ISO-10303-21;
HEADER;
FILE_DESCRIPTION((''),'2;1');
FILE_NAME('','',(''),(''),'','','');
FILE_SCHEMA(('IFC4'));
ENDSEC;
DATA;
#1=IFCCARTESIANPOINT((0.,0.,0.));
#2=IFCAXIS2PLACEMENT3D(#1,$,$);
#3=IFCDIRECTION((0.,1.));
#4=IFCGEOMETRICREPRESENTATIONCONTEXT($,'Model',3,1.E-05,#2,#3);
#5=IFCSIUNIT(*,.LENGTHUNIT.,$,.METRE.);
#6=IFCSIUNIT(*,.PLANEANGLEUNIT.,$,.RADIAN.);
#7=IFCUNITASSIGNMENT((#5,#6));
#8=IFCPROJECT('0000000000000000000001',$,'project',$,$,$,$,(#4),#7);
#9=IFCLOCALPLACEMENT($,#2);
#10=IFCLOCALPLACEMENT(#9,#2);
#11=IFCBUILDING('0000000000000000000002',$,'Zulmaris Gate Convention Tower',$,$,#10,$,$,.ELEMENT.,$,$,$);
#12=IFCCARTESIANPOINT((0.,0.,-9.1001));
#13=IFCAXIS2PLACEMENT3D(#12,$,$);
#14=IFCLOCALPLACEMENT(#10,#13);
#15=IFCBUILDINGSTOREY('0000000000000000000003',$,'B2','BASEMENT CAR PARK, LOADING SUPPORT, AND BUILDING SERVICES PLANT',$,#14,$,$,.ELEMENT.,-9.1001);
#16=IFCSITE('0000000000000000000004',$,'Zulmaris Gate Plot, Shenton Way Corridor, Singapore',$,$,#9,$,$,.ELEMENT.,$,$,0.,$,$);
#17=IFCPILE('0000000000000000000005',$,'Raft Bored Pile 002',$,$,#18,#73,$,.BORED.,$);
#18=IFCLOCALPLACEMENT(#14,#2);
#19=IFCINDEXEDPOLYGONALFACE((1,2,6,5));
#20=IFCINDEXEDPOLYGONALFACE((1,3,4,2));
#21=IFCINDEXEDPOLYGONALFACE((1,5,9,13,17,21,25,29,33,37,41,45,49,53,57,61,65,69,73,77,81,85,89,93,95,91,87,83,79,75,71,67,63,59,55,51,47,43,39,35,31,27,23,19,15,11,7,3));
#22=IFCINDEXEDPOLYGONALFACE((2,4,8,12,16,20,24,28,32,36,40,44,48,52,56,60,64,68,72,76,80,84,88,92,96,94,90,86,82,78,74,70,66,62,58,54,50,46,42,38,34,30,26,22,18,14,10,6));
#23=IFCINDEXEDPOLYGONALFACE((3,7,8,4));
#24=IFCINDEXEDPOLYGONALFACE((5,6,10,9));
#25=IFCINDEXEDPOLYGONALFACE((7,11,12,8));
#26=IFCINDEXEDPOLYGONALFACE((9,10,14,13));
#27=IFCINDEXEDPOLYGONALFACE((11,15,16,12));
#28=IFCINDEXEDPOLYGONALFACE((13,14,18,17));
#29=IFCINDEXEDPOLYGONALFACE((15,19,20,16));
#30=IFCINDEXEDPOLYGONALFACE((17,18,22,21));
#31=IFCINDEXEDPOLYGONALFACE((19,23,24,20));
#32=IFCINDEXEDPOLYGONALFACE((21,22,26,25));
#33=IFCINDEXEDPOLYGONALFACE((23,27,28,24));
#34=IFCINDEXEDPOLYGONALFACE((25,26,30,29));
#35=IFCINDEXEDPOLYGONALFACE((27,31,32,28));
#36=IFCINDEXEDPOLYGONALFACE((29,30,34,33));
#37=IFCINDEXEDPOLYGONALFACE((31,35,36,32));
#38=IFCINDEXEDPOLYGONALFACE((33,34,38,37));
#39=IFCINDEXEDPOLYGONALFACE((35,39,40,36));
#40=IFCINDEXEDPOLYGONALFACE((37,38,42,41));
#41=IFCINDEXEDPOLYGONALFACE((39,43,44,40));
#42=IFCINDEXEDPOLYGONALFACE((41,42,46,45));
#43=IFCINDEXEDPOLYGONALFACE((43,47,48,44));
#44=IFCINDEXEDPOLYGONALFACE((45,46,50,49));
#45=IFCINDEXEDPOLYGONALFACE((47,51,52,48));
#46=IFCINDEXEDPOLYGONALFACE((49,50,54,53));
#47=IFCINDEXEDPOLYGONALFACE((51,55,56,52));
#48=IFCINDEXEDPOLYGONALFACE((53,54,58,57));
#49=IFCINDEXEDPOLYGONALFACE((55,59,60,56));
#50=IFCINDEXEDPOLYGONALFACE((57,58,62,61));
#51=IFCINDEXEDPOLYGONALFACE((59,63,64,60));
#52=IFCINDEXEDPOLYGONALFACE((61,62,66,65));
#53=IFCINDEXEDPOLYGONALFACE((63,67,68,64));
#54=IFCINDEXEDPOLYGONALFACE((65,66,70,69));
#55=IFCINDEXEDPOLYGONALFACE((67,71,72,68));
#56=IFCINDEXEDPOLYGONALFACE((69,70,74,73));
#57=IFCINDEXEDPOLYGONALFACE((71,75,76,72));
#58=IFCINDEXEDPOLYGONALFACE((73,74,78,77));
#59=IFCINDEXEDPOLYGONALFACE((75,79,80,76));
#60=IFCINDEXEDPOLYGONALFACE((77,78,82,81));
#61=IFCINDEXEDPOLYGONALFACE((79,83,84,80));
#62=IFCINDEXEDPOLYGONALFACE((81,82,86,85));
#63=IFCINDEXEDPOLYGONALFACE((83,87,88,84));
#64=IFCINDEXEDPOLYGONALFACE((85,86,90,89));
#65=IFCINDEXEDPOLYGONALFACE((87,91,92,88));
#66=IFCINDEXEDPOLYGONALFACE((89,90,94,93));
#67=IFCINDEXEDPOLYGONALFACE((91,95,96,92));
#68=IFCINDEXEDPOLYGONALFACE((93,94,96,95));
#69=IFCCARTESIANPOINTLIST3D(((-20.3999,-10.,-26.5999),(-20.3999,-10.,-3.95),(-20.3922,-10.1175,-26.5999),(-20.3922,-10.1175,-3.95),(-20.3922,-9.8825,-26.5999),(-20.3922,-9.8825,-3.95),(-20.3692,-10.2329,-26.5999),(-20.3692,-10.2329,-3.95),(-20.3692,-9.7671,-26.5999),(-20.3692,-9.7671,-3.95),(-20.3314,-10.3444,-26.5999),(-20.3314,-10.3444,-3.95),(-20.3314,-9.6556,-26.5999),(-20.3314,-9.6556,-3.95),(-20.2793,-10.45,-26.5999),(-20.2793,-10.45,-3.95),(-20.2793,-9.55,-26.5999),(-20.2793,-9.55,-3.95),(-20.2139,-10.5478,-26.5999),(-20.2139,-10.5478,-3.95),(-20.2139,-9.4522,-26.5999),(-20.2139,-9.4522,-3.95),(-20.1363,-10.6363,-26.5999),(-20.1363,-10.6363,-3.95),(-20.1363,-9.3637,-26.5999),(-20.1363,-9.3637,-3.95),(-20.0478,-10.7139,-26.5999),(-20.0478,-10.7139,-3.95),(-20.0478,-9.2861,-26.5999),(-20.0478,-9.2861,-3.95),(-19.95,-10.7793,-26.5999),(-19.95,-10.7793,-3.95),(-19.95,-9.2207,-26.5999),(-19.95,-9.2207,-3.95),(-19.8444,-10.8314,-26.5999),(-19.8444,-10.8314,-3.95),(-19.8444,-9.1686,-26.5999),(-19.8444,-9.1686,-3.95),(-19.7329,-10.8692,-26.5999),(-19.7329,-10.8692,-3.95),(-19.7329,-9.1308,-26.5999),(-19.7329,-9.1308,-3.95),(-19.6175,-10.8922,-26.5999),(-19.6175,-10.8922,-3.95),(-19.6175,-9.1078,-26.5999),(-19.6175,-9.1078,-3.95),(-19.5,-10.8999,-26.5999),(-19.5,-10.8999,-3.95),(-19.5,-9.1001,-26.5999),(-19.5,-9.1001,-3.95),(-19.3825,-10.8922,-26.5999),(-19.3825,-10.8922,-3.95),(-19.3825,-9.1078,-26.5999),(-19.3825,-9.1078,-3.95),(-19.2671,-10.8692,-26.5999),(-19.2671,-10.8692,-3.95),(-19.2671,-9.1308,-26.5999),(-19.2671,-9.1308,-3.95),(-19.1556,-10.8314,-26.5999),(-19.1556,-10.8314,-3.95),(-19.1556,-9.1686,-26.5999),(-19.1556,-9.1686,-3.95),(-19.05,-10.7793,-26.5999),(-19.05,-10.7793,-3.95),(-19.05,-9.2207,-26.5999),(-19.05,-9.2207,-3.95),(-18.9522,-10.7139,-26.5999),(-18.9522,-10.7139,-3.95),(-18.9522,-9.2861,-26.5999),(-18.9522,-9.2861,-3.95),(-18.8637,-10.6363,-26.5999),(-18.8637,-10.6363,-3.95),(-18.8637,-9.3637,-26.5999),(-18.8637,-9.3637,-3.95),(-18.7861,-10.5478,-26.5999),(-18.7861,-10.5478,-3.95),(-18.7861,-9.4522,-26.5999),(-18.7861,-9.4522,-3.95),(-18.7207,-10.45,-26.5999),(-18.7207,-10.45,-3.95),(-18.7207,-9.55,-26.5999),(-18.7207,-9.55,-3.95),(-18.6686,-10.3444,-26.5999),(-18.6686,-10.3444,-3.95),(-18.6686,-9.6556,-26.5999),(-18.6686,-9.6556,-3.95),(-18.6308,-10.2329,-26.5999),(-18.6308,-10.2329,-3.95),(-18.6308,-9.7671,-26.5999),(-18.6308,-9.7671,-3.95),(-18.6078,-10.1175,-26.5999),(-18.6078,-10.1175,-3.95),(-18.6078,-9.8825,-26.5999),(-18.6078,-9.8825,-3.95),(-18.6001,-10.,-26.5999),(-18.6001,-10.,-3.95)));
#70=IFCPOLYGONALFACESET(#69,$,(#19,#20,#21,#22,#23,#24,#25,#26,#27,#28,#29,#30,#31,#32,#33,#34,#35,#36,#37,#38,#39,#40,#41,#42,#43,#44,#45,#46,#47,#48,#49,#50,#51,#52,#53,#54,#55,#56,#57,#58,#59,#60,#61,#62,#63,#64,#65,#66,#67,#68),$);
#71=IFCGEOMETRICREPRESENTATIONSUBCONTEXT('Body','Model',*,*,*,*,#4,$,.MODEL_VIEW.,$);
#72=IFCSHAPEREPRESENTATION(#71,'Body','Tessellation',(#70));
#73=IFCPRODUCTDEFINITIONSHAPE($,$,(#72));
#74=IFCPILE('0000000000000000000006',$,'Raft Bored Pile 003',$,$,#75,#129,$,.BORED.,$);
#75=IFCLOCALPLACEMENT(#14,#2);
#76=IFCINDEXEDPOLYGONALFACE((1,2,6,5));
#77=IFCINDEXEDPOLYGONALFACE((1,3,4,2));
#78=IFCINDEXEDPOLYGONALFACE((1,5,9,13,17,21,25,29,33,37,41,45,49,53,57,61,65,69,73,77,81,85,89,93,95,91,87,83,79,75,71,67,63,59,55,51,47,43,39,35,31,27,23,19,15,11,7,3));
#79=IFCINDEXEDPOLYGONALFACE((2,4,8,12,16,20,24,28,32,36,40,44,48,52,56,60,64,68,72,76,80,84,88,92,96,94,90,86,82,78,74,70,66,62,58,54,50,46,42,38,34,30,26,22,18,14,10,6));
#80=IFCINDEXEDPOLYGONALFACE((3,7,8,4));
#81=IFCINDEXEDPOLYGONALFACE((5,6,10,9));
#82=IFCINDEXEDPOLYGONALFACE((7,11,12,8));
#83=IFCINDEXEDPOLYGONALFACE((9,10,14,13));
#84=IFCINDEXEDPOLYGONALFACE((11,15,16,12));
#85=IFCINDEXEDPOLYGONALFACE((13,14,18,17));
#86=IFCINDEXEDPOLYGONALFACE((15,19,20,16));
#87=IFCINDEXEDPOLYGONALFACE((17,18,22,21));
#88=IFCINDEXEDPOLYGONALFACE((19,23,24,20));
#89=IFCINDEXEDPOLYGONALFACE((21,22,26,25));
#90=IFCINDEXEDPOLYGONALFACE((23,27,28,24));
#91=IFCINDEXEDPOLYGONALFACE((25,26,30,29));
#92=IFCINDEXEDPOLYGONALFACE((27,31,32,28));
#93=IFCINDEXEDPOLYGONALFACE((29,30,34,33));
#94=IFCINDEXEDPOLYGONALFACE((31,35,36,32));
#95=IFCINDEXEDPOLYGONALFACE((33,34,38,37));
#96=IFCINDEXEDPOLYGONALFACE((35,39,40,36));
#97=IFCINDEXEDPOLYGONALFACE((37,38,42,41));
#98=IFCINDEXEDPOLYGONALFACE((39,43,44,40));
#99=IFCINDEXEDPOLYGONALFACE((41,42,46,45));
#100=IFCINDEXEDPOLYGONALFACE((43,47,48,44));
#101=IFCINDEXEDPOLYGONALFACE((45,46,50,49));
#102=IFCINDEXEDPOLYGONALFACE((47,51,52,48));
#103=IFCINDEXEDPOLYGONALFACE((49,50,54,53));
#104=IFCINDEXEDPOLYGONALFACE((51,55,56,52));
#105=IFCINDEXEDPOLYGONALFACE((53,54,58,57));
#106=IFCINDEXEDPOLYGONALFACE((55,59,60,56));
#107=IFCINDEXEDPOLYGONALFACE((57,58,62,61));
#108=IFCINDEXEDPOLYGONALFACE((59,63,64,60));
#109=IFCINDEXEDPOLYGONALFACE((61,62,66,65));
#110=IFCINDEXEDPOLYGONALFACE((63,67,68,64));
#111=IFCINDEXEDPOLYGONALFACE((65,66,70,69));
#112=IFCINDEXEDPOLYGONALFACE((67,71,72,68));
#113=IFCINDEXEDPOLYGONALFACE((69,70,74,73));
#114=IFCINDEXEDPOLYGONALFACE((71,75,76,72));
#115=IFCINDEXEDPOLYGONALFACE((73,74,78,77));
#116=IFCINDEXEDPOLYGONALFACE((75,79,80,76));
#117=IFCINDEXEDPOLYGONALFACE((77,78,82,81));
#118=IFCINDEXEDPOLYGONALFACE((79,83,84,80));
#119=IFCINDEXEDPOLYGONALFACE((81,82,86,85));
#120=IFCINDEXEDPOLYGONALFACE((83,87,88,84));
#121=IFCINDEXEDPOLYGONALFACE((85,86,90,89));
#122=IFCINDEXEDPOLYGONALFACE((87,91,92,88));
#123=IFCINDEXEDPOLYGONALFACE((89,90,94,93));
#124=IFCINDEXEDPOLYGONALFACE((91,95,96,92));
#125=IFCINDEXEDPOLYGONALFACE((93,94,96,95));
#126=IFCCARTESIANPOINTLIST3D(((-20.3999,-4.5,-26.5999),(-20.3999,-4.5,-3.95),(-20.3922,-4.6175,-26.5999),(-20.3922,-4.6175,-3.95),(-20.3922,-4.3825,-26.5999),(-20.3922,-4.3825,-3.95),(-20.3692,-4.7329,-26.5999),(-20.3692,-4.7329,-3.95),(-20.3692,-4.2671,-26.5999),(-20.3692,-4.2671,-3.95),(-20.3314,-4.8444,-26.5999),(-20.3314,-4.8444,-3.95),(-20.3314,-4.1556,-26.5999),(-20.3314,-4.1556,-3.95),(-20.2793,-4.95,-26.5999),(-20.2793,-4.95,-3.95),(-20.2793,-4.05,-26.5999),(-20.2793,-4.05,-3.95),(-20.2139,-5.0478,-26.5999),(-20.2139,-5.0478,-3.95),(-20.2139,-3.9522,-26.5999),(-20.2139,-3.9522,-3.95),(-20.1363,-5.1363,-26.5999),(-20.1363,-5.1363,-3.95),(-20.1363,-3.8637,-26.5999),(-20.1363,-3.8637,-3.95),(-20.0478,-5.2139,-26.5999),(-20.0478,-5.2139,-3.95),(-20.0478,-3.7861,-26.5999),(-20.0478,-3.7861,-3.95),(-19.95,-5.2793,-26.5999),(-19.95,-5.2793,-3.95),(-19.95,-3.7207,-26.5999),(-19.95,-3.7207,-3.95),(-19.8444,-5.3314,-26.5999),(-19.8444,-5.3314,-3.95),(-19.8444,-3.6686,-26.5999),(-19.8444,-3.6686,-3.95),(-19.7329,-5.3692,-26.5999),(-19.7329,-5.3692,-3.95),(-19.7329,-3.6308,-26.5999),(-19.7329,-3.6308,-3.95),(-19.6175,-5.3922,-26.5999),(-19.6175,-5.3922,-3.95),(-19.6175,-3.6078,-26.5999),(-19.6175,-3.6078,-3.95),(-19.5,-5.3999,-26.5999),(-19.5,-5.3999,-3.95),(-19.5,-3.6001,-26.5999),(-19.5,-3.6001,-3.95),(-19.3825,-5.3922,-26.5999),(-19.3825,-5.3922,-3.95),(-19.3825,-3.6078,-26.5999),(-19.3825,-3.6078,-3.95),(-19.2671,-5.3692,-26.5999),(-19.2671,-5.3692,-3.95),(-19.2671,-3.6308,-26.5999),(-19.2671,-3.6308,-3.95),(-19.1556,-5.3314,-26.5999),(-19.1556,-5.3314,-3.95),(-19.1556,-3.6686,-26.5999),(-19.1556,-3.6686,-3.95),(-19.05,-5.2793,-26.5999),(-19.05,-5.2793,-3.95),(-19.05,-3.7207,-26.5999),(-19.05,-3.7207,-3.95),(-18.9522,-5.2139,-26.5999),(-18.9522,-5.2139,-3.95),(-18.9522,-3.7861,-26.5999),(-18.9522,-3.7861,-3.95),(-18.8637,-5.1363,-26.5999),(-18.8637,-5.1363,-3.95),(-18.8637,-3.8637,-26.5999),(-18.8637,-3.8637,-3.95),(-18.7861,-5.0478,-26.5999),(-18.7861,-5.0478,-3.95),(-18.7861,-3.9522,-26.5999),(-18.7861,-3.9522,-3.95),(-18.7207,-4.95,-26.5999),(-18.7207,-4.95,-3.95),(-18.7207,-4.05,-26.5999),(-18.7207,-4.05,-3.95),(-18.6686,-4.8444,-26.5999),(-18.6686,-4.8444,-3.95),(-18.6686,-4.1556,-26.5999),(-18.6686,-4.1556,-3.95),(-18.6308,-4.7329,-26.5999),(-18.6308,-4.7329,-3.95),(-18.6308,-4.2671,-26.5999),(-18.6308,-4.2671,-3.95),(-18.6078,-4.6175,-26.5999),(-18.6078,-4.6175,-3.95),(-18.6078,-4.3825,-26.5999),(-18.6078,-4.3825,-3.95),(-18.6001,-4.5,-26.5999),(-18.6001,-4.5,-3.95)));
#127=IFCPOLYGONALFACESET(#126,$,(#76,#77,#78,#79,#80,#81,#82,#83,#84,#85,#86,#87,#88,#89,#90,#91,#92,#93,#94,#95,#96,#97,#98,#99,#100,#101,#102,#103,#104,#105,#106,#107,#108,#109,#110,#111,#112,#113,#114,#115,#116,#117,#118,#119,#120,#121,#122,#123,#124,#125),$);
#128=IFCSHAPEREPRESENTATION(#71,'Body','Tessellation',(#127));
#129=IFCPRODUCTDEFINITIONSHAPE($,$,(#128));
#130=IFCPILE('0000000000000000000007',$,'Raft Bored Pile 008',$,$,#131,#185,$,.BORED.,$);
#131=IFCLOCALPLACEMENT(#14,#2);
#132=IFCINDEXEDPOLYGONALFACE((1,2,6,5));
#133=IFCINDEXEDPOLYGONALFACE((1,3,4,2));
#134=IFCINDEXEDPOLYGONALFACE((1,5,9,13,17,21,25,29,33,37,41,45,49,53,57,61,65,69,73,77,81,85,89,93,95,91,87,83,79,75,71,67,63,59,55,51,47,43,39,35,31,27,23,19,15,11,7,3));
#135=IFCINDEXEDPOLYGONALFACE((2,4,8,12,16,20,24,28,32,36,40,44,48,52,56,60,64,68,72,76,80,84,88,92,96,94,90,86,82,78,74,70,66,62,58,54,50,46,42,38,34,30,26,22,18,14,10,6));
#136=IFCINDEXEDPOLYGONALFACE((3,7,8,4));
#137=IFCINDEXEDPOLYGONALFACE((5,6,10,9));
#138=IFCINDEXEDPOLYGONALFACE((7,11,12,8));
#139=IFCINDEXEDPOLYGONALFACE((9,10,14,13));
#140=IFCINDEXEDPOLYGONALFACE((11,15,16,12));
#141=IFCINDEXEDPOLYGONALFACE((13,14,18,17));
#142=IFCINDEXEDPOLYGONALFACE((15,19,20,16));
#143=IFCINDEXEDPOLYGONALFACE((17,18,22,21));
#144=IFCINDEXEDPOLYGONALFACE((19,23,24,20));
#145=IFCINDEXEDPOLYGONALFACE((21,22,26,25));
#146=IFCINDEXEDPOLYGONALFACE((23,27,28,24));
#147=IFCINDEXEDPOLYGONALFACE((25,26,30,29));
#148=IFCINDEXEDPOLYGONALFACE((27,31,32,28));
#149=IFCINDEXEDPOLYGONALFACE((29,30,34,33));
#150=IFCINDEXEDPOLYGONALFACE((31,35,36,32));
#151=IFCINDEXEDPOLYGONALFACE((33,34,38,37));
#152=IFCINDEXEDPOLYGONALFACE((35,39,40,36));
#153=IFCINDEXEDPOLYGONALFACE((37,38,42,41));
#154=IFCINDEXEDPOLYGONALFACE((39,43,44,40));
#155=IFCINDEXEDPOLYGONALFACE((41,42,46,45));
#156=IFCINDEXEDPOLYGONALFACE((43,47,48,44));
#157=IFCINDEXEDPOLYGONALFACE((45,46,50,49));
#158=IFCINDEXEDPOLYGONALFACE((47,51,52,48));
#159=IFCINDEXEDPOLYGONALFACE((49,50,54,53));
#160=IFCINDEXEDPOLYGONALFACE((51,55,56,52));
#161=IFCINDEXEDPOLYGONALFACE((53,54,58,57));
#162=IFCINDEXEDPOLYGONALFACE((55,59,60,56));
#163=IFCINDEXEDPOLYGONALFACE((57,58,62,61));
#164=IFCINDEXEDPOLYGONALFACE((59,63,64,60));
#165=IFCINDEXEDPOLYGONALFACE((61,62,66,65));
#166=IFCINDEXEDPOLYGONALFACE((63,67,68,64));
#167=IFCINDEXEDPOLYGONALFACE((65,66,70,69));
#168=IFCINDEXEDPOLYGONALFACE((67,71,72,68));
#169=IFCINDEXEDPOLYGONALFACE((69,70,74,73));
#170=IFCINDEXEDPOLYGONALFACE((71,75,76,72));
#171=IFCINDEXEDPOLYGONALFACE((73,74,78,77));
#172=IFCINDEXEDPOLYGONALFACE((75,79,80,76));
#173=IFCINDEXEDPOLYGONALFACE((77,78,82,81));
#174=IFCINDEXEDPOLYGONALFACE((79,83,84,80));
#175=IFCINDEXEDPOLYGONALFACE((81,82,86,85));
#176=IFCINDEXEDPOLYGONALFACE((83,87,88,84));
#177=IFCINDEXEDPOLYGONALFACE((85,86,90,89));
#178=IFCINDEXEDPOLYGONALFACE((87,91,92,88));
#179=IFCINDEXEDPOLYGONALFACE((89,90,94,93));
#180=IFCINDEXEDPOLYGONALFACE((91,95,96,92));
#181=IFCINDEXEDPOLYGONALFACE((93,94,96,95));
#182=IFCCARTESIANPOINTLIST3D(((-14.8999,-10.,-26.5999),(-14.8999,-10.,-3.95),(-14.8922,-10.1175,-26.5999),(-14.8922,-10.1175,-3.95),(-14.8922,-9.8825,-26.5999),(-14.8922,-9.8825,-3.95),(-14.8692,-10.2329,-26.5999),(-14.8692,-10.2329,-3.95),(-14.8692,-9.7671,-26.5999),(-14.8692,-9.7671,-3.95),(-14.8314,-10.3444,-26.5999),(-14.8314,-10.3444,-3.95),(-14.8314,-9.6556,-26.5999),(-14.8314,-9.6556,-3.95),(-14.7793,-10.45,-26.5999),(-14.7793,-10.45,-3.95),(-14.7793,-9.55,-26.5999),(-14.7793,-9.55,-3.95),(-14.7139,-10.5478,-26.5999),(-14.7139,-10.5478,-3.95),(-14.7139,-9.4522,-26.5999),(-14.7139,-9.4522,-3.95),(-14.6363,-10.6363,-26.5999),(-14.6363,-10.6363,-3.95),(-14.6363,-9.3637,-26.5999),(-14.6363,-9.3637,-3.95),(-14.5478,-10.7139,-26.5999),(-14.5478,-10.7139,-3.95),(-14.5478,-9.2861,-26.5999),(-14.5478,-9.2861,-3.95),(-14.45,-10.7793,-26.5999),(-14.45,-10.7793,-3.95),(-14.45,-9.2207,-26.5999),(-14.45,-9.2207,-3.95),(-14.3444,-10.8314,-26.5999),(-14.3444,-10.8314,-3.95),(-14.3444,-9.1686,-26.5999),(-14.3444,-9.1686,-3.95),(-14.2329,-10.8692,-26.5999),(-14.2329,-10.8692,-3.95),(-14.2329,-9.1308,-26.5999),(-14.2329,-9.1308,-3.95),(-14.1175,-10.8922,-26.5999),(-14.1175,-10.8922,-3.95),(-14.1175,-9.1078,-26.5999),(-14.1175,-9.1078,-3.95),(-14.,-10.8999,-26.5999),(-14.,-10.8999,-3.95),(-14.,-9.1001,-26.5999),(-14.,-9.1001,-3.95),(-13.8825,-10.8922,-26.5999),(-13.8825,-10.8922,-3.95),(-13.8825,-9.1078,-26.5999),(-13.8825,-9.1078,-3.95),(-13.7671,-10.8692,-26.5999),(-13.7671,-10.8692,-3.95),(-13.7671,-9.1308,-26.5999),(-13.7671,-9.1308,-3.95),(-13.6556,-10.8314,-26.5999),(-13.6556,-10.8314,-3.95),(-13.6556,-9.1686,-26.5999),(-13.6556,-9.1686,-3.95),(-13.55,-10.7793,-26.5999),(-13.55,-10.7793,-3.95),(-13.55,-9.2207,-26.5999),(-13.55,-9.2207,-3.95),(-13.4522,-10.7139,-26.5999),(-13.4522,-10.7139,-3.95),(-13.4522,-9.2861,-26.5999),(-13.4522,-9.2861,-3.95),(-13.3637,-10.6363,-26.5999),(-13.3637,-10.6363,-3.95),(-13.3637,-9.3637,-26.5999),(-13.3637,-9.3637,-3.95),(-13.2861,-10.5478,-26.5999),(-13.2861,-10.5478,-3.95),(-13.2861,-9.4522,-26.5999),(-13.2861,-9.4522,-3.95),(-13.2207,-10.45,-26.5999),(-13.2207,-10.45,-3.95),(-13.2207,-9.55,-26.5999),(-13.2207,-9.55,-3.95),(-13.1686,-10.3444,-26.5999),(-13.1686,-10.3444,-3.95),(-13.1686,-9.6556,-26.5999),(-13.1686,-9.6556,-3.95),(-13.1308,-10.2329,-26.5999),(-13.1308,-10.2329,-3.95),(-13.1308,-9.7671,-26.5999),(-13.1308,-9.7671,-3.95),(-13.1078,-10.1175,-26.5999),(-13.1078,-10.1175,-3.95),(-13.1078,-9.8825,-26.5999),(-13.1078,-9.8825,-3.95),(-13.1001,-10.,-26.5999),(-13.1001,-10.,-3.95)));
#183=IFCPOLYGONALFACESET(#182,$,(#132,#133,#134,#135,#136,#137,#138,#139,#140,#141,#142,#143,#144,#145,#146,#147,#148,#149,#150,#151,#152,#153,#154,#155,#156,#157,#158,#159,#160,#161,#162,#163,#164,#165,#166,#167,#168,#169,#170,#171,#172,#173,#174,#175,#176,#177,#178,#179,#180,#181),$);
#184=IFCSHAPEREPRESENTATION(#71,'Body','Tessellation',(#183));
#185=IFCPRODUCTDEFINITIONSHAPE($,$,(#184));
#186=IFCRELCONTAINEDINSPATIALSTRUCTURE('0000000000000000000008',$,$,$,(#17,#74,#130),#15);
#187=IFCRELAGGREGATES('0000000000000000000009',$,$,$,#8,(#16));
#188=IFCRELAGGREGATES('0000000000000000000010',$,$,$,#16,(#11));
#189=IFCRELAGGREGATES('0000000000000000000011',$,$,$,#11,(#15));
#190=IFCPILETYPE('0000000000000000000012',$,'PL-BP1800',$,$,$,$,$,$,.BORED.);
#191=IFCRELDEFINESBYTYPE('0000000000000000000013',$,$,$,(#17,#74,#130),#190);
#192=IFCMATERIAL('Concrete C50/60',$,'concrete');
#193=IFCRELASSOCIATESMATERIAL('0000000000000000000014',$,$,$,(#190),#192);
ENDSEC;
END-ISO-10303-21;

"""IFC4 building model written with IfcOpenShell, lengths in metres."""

from ifc_helpers import new_model, si_unit, direction, frame, origin, origin_2d, place, context, subcontext, project, spatial, circle, extrude, material, material_profile, profile_set, type_object, element, save


model = new_model("IFC4")

# Units and contexts
model_context = context("Model", 3, precision=1e-05, world=origin(), true_north=direction((0.0, 1.0)))
body_context = subcontext(model_context, "Body", "Model", "MODEL_VIEW")
ifc_project = project(units=[si_unit("LENGTHUNIT", "METRE"), si_unit("PLANEANGLEUNIT", "RADIAN")], contexts=[model_context])

# Site, building, storey
site_placement = place(None, origin())
site = spatial("IfcSite", under=ifc_project, at=site_placement, Name="Zulmaris Gate Plot, Shenton Way Corridor, Singapore", CompositionType="ELEMENT", RefElevation=0.0)
building_placement = place(site_placement, origin())
building = spatial("IfcBuilding", under=site, at=building_placement, Name="Zulmaris Gate Convention Tower", CompositionType="ELEMENT")
storey_placement = place(building_placement, frame((0.0, 0.0, -9.1001)))
storey = spatial("IfcBuildingStorey", under=building, at=storey_placement, Name="B2", Description="BASEMENT CAR PARK, LOADING SUPPORT, AND BUILDING SERVICES PLANT", CompositionType="ELEMENT", Elevation=-9.1001)

# Piles
ifc_material_1 = material(Name="Concrete C50/60", Category="concrete")
ifc_material_profile_1 = material_profile(ifc_material_1, circle(Radius=0.8999, at=origin_2d()), Name="BORED PILE 1800")
ifc_profile_set_1 = profile_set([ifc_material_profile_1], Name="Concrete C50/60")
pile_type = type_object("IfcPileType", Name="PL-BP1800", PredefinedType="BORED", material=ifc_profile_set_1)
for number, where, z_axis, x_axis, name in (
    (1, (-19.5, -10.0, -3.95), (0.0, 0.0, -1.0), (1.0, 0.0, 0.0), "Raft Bored Pile 002"),
    (2, (-19.5, -4.5, -3.95), (0.0, 0.0, -1.0), (1.0, 0.0, 0.0), "Raft Bored Pile 003"),
    (3, (-14.0, -10.0, -3.95), (0.0, 0.0, -1.0), (1.0, 0.0, 0.0), "Raft Bored Pile 008"),
):
    element("IfcPile", number, at=place(storey_placement, frame(where, z_axis=z_axis, x_axis=x_axis)), inside=storey, type_object=pile_type, Name=name, PredefinedType="BORED", context=body_context, shape_type="SweptSolid", body=[
        extrude(circle(Radius=0.8999, at=origin_2d()), origin(), (0.0, 0.0, 1.0), 22.6499),
    ])

save(model, "model.ifc")
